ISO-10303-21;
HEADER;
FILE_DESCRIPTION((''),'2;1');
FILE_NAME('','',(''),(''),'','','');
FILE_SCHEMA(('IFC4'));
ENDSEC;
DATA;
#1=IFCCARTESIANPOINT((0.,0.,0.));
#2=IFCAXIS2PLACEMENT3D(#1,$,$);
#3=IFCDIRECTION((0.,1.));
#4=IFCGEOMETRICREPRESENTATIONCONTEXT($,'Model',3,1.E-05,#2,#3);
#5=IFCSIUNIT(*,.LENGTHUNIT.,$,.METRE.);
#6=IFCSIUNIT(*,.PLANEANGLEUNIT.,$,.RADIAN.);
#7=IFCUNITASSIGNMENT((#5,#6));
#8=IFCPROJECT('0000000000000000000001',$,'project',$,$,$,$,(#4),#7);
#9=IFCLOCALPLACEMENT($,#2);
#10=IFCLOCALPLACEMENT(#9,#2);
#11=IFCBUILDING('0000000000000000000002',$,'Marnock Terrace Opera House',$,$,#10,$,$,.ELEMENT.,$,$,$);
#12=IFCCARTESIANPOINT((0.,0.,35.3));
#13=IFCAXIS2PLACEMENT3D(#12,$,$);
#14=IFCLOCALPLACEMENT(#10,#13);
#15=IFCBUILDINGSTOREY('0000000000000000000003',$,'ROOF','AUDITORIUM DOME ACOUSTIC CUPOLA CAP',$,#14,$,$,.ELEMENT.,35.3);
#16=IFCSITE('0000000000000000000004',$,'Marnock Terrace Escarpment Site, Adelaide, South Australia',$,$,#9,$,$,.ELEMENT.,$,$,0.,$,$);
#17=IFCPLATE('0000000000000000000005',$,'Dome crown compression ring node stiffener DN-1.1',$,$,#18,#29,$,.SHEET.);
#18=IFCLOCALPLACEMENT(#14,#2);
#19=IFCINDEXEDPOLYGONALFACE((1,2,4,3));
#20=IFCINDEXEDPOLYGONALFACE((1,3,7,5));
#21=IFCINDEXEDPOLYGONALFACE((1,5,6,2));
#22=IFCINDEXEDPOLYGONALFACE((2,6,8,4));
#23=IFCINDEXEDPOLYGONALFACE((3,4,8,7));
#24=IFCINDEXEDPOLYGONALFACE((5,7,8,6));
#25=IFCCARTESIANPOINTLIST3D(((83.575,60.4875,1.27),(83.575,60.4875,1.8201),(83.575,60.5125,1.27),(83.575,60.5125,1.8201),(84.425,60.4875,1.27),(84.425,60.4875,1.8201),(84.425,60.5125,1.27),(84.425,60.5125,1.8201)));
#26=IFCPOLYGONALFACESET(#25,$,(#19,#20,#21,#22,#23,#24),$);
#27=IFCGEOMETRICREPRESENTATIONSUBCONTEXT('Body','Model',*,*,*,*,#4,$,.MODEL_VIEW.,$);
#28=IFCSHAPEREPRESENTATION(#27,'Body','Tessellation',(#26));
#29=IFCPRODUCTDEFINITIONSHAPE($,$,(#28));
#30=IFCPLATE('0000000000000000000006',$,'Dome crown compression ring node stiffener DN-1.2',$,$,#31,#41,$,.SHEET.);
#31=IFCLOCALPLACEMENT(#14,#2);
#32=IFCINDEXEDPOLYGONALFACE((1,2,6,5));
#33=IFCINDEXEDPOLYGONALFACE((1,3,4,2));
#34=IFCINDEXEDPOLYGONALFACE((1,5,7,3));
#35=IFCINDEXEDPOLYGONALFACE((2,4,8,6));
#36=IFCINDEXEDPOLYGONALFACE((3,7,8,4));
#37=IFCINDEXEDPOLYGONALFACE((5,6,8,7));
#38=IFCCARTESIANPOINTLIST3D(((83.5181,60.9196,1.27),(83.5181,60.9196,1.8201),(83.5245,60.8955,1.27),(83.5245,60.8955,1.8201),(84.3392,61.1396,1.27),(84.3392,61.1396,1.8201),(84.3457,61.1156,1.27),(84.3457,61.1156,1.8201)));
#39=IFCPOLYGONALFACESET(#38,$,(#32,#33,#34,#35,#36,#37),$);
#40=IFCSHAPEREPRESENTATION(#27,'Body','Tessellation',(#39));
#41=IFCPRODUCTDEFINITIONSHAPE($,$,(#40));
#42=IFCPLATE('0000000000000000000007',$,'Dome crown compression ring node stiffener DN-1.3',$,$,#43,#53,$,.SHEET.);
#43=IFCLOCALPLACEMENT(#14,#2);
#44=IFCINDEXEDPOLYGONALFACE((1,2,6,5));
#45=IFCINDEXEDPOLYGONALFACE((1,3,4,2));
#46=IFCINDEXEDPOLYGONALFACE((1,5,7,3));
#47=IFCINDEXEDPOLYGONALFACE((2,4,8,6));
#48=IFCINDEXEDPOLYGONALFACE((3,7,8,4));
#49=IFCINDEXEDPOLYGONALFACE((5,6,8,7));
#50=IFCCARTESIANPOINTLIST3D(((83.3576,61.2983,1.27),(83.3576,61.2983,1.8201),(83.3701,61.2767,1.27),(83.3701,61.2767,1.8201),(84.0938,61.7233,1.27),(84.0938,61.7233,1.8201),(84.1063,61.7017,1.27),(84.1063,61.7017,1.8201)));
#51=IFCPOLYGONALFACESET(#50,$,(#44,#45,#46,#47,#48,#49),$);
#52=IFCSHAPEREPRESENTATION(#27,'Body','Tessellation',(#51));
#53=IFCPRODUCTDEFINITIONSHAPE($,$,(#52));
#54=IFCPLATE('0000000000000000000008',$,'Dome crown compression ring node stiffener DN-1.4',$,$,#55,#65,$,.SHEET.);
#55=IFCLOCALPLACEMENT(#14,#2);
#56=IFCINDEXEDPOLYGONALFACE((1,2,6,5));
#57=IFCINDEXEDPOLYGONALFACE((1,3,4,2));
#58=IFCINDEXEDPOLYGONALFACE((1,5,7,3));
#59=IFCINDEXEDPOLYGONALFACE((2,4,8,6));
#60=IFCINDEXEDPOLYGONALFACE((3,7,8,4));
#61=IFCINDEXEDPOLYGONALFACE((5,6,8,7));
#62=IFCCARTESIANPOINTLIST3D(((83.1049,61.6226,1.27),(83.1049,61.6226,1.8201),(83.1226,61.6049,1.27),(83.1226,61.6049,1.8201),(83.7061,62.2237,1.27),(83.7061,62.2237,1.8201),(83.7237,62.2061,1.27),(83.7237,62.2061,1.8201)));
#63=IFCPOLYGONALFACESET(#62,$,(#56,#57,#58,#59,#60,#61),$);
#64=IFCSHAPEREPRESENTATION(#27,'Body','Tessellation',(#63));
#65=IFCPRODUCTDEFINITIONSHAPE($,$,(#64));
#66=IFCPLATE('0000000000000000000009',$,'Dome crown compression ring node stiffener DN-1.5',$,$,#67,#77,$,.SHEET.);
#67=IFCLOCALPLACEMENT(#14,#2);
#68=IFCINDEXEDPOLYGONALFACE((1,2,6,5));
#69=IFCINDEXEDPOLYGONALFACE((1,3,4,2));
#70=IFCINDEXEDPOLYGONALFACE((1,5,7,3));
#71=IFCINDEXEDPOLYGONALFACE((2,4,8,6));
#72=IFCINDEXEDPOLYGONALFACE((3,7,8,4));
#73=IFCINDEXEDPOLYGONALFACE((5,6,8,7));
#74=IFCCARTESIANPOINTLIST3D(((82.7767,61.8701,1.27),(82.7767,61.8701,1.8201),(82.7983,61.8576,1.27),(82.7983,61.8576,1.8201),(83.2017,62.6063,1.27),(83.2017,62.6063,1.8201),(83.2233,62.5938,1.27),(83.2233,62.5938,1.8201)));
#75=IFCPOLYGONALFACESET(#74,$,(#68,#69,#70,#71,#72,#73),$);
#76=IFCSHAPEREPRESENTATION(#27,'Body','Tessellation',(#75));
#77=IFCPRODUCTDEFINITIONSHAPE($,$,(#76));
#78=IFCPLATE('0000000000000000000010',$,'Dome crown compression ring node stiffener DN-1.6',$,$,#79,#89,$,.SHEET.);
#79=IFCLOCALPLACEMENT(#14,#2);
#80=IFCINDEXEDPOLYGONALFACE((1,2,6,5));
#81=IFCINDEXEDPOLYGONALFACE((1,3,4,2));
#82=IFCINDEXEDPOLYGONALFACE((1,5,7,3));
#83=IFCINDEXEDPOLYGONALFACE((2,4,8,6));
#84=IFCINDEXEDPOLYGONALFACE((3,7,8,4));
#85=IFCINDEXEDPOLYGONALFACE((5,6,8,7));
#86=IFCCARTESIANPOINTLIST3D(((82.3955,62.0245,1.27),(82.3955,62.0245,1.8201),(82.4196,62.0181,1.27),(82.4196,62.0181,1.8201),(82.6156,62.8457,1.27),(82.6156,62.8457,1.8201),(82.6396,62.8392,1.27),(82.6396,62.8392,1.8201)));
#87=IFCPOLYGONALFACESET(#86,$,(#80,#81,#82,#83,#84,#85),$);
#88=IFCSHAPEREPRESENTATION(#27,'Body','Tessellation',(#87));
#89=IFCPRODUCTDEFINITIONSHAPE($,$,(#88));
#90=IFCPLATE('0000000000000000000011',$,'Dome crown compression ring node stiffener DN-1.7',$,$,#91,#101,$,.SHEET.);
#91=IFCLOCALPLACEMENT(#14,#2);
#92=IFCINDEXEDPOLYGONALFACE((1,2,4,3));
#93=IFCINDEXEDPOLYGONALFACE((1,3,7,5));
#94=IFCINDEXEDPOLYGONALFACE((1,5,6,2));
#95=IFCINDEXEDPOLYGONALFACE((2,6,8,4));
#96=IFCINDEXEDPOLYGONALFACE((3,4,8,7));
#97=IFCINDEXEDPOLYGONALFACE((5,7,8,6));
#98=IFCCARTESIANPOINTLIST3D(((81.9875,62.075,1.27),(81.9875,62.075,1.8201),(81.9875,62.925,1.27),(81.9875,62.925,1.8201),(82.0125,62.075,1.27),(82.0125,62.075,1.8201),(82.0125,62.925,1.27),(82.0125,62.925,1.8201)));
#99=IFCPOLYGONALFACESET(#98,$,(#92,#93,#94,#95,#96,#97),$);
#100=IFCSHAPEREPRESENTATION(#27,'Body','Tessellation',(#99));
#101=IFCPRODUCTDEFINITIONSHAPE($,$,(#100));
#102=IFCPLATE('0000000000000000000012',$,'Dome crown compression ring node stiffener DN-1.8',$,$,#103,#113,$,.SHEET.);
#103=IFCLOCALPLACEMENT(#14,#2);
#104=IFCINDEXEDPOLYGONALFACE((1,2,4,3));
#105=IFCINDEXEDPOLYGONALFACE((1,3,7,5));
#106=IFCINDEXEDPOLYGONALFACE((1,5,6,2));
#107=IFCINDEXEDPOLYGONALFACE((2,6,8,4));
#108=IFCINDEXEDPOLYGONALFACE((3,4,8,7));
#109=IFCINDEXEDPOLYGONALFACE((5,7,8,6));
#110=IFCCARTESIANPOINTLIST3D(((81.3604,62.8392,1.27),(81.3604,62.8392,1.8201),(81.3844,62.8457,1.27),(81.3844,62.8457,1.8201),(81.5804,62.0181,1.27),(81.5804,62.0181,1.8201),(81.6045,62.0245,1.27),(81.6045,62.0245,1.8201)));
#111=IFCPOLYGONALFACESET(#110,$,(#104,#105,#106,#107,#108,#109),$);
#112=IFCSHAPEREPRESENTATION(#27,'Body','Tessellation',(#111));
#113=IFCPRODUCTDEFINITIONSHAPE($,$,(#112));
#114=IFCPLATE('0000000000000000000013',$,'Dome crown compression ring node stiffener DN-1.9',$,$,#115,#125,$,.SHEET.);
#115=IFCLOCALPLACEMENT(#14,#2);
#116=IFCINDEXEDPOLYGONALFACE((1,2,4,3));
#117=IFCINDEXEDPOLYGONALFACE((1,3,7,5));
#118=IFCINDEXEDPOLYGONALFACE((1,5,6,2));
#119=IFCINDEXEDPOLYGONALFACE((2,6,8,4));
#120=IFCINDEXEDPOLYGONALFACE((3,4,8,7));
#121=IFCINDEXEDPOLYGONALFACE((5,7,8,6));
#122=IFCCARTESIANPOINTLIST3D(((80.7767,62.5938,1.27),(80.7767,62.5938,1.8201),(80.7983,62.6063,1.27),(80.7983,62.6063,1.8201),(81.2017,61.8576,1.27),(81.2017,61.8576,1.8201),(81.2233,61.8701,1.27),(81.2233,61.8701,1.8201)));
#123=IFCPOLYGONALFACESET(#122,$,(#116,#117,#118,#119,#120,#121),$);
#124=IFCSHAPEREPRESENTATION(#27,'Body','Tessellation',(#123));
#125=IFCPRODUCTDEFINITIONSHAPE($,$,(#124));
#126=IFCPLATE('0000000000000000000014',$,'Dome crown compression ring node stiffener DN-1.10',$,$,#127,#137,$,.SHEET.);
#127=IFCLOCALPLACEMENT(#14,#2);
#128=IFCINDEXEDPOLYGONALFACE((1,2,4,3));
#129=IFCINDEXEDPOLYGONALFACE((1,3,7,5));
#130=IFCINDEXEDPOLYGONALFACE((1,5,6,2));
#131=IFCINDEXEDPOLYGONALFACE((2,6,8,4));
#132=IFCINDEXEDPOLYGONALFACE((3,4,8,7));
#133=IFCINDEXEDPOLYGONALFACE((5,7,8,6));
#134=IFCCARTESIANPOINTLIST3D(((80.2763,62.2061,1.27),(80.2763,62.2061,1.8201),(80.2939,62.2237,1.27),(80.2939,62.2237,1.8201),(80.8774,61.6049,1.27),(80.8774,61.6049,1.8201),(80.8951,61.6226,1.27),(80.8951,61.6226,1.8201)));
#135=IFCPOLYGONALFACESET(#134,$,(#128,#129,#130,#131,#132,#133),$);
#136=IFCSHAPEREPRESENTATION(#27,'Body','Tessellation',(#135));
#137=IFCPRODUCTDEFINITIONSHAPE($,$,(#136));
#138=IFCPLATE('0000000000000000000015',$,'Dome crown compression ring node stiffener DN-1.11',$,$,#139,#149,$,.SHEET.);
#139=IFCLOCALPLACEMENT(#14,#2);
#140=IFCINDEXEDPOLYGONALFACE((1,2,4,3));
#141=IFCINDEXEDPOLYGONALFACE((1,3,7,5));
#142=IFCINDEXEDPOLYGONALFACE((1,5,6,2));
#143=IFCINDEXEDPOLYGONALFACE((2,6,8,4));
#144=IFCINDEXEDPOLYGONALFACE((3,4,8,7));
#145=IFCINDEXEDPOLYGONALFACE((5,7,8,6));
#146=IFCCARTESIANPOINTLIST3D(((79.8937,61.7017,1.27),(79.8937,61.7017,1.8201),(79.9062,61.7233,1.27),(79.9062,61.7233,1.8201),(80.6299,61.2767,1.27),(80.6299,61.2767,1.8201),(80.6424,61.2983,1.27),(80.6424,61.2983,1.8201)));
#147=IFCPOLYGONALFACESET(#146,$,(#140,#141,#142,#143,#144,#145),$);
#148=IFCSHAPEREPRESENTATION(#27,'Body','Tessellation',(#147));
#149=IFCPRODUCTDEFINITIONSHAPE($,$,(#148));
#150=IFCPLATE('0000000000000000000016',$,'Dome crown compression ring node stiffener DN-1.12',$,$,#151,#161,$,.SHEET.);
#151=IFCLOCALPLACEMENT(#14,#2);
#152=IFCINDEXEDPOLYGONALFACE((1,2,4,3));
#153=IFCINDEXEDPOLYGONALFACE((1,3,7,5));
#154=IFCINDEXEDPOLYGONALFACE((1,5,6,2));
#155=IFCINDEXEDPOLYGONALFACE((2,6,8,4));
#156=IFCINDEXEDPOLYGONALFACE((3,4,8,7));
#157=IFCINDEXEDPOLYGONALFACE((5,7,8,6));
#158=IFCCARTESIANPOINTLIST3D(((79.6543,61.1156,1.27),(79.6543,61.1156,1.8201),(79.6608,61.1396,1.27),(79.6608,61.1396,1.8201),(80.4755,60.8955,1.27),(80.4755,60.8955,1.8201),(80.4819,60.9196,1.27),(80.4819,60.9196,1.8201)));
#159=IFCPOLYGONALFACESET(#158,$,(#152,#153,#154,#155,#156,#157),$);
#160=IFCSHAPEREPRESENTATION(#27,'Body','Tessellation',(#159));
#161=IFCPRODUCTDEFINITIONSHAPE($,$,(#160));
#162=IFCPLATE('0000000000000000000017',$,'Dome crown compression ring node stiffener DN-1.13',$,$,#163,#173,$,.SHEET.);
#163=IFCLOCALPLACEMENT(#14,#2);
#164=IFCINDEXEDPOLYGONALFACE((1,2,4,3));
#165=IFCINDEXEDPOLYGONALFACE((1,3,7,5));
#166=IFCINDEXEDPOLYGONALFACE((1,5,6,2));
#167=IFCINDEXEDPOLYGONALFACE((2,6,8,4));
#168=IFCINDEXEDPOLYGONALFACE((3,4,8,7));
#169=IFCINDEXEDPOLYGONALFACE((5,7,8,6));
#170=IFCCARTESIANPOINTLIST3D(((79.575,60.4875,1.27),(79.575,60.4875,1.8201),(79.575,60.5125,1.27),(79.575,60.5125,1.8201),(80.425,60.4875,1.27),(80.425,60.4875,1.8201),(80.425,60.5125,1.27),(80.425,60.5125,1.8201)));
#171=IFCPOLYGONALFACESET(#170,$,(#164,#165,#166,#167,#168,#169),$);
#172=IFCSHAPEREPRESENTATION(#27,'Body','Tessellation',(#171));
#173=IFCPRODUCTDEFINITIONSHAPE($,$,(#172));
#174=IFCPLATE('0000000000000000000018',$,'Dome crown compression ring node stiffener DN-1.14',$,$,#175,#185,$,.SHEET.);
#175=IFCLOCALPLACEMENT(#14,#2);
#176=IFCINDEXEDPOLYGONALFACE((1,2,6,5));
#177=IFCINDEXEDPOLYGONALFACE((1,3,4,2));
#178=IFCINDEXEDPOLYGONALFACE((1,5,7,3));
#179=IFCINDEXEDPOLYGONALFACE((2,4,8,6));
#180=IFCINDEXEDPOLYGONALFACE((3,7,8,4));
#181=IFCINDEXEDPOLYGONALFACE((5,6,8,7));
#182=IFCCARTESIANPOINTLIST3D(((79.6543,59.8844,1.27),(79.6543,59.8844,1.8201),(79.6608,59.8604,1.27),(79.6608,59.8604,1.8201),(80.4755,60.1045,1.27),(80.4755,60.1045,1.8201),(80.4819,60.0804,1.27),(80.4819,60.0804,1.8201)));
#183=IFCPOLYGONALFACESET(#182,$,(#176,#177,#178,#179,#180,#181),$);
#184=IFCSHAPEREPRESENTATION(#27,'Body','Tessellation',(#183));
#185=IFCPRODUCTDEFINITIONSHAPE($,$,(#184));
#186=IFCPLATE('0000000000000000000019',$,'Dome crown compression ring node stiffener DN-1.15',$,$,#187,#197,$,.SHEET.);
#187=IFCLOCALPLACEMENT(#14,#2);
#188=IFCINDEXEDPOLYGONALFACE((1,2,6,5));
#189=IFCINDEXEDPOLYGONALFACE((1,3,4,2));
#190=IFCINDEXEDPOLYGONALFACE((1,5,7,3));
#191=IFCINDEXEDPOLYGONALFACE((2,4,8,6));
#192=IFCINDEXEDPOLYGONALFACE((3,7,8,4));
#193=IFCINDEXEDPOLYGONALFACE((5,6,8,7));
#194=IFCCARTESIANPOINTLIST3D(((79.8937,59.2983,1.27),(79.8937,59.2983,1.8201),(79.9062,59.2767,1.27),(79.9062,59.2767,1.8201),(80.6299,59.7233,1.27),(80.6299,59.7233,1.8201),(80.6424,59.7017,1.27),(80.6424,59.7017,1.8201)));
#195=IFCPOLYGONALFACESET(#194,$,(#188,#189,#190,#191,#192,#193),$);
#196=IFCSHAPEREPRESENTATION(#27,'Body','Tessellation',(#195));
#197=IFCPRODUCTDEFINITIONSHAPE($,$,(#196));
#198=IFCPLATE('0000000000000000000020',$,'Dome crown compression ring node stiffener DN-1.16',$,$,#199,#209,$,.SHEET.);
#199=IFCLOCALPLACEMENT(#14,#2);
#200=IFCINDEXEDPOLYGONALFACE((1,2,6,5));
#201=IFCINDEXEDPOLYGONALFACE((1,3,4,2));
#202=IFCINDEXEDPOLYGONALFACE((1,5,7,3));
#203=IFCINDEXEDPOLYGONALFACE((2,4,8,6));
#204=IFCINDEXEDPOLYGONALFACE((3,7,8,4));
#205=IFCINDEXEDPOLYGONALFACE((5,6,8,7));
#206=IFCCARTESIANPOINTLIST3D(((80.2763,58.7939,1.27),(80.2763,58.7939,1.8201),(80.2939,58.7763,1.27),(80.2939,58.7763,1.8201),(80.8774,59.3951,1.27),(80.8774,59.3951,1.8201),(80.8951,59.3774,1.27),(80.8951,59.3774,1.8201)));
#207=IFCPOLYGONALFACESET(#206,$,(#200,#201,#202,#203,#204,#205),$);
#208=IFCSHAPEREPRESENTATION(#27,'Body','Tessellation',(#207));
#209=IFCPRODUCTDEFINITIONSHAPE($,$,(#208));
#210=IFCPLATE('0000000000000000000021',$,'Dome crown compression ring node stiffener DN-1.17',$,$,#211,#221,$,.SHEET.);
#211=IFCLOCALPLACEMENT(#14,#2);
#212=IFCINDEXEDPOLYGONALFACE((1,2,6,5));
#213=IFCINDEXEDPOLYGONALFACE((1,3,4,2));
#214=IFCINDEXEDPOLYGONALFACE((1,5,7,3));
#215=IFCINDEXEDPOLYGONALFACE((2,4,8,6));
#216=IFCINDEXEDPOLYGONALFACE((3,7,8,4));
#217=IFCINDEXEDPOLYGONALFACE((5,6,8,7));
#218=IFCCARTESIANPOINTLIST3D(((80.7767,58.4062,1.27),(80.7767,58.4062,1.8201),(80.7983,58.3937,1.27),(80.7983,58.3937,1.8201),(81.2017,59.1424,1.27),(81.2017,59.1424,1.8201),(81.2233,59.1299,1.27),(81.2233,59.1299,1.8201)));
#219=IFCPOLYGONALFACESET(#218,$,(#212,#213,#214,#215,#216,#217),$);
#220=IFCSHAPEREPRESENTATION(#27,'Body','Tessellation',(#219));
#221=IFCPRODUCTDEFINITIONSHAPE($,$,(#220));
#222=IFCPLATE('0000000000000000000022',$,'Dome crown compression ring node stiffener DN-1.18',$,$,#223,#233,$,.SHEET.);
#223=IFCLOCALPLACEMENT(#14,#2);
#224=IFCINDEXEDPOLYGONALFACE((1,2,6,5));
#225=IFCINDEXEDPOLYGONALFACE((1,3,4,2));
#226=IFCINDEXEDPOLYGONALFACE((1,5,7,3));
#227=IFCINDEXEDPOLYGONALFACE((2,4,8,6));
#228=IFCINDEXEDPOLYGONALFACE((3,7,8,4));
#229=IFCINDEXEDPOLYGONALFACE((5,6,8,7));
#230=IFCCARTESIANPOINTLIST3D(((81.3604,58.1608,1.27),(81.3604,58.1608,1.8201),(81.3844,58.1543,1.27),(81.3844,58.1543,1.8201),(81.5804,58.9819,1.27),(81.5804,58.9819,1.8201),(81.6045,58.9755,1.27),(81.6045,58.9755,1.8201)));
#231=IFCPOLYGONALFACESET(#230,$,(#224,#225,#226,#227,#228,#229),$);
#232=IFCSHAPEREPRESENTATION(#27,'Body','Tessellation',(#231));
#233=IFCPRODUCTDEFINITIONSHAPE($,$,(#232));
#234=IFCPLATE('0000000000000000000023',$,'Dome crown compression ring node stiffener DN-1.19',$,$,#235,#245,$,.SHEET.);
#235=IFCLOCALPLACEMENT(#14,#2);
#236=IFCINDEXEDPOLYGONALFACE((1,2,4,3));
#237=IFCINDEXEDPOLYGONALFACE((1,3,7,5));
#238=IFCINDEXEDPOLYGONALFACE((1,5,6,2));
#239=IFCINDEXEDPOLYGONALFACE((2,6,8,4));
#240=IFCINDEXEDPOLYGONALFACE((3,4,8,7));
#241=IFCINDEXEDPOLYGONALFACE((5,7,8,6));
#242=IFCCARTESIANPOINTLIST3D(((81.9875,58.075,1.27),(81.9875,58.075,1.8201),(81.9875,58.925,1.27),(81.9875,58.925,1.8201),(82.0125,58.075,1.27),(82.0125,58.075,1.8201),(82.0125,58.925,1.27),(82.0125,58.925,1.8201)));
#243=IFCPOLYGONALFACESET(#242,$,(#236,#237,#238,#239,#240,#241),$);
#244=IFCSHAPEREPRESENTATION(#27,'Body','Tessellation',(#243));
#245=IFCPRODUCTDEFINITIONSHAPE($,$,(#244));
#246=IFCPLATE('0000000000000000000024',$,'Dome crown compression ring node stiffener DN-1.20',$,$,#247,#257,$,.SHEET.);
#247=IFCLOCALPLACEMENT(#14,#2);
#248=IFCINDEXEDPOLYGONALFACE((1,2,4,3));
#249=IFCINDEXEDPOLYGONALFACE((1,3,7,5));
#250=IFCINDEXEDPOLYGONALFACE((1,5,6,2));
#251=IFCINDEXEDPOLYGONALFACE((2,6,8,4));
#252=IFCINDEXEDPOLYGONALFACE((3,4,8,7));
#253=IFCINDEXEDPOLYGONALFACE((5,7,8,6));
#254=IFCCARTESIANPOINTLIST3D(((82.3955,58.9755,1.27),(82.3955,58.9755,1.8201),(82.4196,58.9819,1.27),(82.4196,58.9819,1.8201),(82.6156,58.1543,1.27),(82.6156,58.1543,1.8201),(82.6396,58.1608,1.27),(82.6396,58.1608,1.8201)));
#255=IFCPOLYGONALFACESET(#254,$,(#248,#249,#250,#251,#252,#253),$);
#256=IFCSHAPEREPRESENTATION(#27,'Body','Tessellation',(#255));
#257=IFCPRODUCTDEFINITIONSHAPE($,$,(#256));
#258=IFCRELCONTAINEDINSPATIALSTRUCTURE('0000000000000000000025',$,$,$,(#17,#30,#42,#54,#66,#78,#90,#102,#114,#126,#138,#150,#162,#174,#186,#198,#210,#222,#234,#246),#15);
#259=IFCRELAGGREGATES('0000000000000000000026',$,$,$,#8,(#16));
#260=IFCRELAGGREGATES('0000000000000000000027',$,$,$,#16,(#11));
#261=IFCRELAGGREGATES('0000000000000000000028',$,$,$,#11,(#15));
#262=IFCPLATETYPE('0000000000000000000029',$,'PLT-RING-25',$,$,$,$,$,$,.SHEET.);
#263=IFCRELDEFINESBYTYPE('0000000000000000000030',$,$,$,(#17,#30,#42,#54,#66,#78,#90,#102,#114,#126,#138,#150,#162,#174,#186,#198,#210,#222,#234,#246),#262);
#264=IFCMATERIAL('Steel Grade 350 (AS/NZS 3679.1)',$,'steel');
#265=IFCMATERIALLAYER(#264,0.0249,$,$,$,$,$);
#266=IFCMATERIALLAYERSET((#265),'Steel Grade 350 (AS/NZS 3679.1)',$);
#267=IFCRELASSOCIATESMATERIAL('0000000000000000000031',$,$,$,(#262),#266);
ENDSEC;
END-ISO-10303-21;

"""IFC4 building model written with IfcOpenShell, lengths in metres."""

from ifc_helpers import new_model, si_unit, direction, frame, origin, origin_2d, place, context, subcontext, project, spatial, rectangle, extrude, material, layer, layer_set, type_object, element, save


model = new_model("IFC4")

# Units and contexts
model_context = context("Model", 3, precision=1e-05, world=origin(), true_north=direction((0.0, 1.0)))
body_context = subcontext(model_context, "Body", "Model", "MODEL_VIEW")
ifc_project = project(units=[si_unit("LENGTHUNIT", "METRE"), si_unit("PLANEANGLEUNIT", "RADIAN")], contexts=[model_context])

# Site, building, storey
site_placement = place(None, origin())
site = spatial("IfcSite", under=ifc_project, at=site_placement, Name="Marnock Terrace Escarpment Site, Adelaide, South Australia", CompositionType="ELEMENT", RefElevation=0.0)
building_placement = place(site_placement, origin())
building = spatial("IfcBuilding", under=site, at=building_placement, Name="Marnock Terrace Opera House", CompositionType="ELEMENT")
storey_placement = place(building_placement, frame((0.0, 0.0, 35.3)))
storey = spatial("IfcBuildingStorey", under=building, at=storey_placement, Name="ROOF", Description="AUDITORIUM DOME ACOUSTIC CUPOLA CAP", CompositionType="ELEMENT", Elevation=35.3)

# Plates
ifc_material_1 = material(Name="Steel Grade 350 (AS/NZS 3679.1)", Category="steel")
ifc_layer_1 = layer(ifc_material_1, 0.0249)
ifc_layer_set_1 = layer_set([ifc_layer_1], Name="Steel Grade 350 (AS/NZS 3679.1)")
plate_type = type_object("IfcPlateType", Name="PLT-RING-25", PredefinedType="SHEET", material=ifc_layer_set_1)
for number, where, z_axis, x_axis, name in (
    (1, (84.0, 60.5, 1.27), (0.0, 0.0, 1.0), (1.0, 0.0, 0.0), "Dome crown compression ring node stiffener DN-1.1"),
    (2, (83.9319, 61.0176, 1.27), (0.0, 0.0, 1.0), (0.965926, 0.258819, 0.0), "Dome crown compression ring node stiffener DN-1.2"),
    (3, (83.7319, 61.5, 1.27), (0.0, 0.0, 1.0), (0.866025, 0.5, 0.0), "Dome crown compression ring node stiffener DN-1.3"),
    (4, (83.4143, 61.9143, 1.27), (0.0, 0.0, 1.0), (0.707107, 0.707107, 0.0), "Dome crown compression ring node stiffener DN-1.4"),
    (5, (83.0, 62.2319, 1.27), (0.0, 0.0, 1.0), (0.5, 0.866025, 0.0), "Dome crown compression ring node stiffener DN-1.5"),
    (6, (82.5176, 62.4319, 1.27), (0.0, 0.0, 1.0), (0.258819, 0.965926, 0.0), "Dome crown compression ring node stiffener DN-1.6"),
    (7, (82.0, 62.5, 1.27), (0.0, 0.0, 1.0), (0.0, 1.0, 0.0), "Dome crown compression ring node stiffener DN-1.7"),
    (8, (81.4824, 62.4319, 1.27), (0.0, 0.0, 1.0), (-0.258819, 0.965926, 0.0), "Dome crown compression ring node stiffener DN-1.8"),
    (9, (81.0, 62.2319, 1.27), (0.0, 0.0, 1.0), (-0.5, 0.866025, 0.0), "Dome crown compression ring node stiffener DN-1.9"),
    (10, (80.5857, 61.9143, 1.27), (0.0, 0.0, 1.0), (-0.707107, 0.707107, 0.0), "Dome crown compression ring node stiffener DN-1.10"),
    (11, (80.2681, 61.5, 1.27), (0.0, 0.0, 1.0), (-0.866025, 0.5, 0.0), "Dome crown compression ring node stiffener DN-1.11"),
    (12, (80.0681, 61.0176, 1.27), (0.0, 0.0, 1.0), (-0.965926, 0.258819, 0.0), "Dome crown compression ring node stiffener DN-1.12"),
    (13, (80.0, 60.5, 1.27), (0.0, 0.0, 1.0), (-1.0, 0.0, 0.0), "Dome crown compression ring node stiffener DN-1.13"),
    (14, (80.0681, 59.9824, 1.27), (0.0, 0.0, 1.0), (-0.965926, -0.258819, 0.0), "Dome crown compression ring node stiffener DN-1.14"),
    (15, (80.2681, 59.5, 1.27), (0.0, 0.0, 1.0), (-0.866025, -0.5, 0.0), "Dome crown compression ring node stiffener DN-1.15"),
    (16, (80.5857, 59.0857, 1.27), (0.0, 0.0, 1.0), (-0.707107, -0.707107, 0.0), "Dome crown compression ring node stiffener DN-1.16"),
    (17, (81.0, 58.7681, 1.27), (0.0, 0.0, 1.0), (-0.5, -0.866025, 0.0), "Dome crown compression ring node stiffener DN-1.17"),
    (18, (81.4824, 58.5681, 1.27), (0.0, 0.0, 1.0), (-0.258819, -0.965926, 0.0), "Dome crown compression ring node stiffener DN-1.18"),
    (19, (82.0, 58.5, 1.27), (0.0, 0.0, 1.0), (0.0, -1.0, 0.0), "Dome crown compression ring node stiffener DN-1.19"),
    (20, (82.5176, 58.5681, 1.27), (0.0, 0.0, 1.0), (0.258819, -0.965926, 0.0), "Dome crown compression ring node stiffener DN-1.20"),
):
    element("IfcPlate", number, at=place(storey_placement, frame(where, z_axis=z_axis, x_axis=x_axis)), inside=storey, type_object=plate_type, Name=name, PredefinedType="SHEET", context=body_context, shape_type="SweptSolid", body=[
        extrude(rectangle(XDim=0.8501, YDim=0.0249, at=origin_2d()), origin(), (0.0, 0.0, 1.0), 0.55),
    ])

save(model, "model.ifc")
